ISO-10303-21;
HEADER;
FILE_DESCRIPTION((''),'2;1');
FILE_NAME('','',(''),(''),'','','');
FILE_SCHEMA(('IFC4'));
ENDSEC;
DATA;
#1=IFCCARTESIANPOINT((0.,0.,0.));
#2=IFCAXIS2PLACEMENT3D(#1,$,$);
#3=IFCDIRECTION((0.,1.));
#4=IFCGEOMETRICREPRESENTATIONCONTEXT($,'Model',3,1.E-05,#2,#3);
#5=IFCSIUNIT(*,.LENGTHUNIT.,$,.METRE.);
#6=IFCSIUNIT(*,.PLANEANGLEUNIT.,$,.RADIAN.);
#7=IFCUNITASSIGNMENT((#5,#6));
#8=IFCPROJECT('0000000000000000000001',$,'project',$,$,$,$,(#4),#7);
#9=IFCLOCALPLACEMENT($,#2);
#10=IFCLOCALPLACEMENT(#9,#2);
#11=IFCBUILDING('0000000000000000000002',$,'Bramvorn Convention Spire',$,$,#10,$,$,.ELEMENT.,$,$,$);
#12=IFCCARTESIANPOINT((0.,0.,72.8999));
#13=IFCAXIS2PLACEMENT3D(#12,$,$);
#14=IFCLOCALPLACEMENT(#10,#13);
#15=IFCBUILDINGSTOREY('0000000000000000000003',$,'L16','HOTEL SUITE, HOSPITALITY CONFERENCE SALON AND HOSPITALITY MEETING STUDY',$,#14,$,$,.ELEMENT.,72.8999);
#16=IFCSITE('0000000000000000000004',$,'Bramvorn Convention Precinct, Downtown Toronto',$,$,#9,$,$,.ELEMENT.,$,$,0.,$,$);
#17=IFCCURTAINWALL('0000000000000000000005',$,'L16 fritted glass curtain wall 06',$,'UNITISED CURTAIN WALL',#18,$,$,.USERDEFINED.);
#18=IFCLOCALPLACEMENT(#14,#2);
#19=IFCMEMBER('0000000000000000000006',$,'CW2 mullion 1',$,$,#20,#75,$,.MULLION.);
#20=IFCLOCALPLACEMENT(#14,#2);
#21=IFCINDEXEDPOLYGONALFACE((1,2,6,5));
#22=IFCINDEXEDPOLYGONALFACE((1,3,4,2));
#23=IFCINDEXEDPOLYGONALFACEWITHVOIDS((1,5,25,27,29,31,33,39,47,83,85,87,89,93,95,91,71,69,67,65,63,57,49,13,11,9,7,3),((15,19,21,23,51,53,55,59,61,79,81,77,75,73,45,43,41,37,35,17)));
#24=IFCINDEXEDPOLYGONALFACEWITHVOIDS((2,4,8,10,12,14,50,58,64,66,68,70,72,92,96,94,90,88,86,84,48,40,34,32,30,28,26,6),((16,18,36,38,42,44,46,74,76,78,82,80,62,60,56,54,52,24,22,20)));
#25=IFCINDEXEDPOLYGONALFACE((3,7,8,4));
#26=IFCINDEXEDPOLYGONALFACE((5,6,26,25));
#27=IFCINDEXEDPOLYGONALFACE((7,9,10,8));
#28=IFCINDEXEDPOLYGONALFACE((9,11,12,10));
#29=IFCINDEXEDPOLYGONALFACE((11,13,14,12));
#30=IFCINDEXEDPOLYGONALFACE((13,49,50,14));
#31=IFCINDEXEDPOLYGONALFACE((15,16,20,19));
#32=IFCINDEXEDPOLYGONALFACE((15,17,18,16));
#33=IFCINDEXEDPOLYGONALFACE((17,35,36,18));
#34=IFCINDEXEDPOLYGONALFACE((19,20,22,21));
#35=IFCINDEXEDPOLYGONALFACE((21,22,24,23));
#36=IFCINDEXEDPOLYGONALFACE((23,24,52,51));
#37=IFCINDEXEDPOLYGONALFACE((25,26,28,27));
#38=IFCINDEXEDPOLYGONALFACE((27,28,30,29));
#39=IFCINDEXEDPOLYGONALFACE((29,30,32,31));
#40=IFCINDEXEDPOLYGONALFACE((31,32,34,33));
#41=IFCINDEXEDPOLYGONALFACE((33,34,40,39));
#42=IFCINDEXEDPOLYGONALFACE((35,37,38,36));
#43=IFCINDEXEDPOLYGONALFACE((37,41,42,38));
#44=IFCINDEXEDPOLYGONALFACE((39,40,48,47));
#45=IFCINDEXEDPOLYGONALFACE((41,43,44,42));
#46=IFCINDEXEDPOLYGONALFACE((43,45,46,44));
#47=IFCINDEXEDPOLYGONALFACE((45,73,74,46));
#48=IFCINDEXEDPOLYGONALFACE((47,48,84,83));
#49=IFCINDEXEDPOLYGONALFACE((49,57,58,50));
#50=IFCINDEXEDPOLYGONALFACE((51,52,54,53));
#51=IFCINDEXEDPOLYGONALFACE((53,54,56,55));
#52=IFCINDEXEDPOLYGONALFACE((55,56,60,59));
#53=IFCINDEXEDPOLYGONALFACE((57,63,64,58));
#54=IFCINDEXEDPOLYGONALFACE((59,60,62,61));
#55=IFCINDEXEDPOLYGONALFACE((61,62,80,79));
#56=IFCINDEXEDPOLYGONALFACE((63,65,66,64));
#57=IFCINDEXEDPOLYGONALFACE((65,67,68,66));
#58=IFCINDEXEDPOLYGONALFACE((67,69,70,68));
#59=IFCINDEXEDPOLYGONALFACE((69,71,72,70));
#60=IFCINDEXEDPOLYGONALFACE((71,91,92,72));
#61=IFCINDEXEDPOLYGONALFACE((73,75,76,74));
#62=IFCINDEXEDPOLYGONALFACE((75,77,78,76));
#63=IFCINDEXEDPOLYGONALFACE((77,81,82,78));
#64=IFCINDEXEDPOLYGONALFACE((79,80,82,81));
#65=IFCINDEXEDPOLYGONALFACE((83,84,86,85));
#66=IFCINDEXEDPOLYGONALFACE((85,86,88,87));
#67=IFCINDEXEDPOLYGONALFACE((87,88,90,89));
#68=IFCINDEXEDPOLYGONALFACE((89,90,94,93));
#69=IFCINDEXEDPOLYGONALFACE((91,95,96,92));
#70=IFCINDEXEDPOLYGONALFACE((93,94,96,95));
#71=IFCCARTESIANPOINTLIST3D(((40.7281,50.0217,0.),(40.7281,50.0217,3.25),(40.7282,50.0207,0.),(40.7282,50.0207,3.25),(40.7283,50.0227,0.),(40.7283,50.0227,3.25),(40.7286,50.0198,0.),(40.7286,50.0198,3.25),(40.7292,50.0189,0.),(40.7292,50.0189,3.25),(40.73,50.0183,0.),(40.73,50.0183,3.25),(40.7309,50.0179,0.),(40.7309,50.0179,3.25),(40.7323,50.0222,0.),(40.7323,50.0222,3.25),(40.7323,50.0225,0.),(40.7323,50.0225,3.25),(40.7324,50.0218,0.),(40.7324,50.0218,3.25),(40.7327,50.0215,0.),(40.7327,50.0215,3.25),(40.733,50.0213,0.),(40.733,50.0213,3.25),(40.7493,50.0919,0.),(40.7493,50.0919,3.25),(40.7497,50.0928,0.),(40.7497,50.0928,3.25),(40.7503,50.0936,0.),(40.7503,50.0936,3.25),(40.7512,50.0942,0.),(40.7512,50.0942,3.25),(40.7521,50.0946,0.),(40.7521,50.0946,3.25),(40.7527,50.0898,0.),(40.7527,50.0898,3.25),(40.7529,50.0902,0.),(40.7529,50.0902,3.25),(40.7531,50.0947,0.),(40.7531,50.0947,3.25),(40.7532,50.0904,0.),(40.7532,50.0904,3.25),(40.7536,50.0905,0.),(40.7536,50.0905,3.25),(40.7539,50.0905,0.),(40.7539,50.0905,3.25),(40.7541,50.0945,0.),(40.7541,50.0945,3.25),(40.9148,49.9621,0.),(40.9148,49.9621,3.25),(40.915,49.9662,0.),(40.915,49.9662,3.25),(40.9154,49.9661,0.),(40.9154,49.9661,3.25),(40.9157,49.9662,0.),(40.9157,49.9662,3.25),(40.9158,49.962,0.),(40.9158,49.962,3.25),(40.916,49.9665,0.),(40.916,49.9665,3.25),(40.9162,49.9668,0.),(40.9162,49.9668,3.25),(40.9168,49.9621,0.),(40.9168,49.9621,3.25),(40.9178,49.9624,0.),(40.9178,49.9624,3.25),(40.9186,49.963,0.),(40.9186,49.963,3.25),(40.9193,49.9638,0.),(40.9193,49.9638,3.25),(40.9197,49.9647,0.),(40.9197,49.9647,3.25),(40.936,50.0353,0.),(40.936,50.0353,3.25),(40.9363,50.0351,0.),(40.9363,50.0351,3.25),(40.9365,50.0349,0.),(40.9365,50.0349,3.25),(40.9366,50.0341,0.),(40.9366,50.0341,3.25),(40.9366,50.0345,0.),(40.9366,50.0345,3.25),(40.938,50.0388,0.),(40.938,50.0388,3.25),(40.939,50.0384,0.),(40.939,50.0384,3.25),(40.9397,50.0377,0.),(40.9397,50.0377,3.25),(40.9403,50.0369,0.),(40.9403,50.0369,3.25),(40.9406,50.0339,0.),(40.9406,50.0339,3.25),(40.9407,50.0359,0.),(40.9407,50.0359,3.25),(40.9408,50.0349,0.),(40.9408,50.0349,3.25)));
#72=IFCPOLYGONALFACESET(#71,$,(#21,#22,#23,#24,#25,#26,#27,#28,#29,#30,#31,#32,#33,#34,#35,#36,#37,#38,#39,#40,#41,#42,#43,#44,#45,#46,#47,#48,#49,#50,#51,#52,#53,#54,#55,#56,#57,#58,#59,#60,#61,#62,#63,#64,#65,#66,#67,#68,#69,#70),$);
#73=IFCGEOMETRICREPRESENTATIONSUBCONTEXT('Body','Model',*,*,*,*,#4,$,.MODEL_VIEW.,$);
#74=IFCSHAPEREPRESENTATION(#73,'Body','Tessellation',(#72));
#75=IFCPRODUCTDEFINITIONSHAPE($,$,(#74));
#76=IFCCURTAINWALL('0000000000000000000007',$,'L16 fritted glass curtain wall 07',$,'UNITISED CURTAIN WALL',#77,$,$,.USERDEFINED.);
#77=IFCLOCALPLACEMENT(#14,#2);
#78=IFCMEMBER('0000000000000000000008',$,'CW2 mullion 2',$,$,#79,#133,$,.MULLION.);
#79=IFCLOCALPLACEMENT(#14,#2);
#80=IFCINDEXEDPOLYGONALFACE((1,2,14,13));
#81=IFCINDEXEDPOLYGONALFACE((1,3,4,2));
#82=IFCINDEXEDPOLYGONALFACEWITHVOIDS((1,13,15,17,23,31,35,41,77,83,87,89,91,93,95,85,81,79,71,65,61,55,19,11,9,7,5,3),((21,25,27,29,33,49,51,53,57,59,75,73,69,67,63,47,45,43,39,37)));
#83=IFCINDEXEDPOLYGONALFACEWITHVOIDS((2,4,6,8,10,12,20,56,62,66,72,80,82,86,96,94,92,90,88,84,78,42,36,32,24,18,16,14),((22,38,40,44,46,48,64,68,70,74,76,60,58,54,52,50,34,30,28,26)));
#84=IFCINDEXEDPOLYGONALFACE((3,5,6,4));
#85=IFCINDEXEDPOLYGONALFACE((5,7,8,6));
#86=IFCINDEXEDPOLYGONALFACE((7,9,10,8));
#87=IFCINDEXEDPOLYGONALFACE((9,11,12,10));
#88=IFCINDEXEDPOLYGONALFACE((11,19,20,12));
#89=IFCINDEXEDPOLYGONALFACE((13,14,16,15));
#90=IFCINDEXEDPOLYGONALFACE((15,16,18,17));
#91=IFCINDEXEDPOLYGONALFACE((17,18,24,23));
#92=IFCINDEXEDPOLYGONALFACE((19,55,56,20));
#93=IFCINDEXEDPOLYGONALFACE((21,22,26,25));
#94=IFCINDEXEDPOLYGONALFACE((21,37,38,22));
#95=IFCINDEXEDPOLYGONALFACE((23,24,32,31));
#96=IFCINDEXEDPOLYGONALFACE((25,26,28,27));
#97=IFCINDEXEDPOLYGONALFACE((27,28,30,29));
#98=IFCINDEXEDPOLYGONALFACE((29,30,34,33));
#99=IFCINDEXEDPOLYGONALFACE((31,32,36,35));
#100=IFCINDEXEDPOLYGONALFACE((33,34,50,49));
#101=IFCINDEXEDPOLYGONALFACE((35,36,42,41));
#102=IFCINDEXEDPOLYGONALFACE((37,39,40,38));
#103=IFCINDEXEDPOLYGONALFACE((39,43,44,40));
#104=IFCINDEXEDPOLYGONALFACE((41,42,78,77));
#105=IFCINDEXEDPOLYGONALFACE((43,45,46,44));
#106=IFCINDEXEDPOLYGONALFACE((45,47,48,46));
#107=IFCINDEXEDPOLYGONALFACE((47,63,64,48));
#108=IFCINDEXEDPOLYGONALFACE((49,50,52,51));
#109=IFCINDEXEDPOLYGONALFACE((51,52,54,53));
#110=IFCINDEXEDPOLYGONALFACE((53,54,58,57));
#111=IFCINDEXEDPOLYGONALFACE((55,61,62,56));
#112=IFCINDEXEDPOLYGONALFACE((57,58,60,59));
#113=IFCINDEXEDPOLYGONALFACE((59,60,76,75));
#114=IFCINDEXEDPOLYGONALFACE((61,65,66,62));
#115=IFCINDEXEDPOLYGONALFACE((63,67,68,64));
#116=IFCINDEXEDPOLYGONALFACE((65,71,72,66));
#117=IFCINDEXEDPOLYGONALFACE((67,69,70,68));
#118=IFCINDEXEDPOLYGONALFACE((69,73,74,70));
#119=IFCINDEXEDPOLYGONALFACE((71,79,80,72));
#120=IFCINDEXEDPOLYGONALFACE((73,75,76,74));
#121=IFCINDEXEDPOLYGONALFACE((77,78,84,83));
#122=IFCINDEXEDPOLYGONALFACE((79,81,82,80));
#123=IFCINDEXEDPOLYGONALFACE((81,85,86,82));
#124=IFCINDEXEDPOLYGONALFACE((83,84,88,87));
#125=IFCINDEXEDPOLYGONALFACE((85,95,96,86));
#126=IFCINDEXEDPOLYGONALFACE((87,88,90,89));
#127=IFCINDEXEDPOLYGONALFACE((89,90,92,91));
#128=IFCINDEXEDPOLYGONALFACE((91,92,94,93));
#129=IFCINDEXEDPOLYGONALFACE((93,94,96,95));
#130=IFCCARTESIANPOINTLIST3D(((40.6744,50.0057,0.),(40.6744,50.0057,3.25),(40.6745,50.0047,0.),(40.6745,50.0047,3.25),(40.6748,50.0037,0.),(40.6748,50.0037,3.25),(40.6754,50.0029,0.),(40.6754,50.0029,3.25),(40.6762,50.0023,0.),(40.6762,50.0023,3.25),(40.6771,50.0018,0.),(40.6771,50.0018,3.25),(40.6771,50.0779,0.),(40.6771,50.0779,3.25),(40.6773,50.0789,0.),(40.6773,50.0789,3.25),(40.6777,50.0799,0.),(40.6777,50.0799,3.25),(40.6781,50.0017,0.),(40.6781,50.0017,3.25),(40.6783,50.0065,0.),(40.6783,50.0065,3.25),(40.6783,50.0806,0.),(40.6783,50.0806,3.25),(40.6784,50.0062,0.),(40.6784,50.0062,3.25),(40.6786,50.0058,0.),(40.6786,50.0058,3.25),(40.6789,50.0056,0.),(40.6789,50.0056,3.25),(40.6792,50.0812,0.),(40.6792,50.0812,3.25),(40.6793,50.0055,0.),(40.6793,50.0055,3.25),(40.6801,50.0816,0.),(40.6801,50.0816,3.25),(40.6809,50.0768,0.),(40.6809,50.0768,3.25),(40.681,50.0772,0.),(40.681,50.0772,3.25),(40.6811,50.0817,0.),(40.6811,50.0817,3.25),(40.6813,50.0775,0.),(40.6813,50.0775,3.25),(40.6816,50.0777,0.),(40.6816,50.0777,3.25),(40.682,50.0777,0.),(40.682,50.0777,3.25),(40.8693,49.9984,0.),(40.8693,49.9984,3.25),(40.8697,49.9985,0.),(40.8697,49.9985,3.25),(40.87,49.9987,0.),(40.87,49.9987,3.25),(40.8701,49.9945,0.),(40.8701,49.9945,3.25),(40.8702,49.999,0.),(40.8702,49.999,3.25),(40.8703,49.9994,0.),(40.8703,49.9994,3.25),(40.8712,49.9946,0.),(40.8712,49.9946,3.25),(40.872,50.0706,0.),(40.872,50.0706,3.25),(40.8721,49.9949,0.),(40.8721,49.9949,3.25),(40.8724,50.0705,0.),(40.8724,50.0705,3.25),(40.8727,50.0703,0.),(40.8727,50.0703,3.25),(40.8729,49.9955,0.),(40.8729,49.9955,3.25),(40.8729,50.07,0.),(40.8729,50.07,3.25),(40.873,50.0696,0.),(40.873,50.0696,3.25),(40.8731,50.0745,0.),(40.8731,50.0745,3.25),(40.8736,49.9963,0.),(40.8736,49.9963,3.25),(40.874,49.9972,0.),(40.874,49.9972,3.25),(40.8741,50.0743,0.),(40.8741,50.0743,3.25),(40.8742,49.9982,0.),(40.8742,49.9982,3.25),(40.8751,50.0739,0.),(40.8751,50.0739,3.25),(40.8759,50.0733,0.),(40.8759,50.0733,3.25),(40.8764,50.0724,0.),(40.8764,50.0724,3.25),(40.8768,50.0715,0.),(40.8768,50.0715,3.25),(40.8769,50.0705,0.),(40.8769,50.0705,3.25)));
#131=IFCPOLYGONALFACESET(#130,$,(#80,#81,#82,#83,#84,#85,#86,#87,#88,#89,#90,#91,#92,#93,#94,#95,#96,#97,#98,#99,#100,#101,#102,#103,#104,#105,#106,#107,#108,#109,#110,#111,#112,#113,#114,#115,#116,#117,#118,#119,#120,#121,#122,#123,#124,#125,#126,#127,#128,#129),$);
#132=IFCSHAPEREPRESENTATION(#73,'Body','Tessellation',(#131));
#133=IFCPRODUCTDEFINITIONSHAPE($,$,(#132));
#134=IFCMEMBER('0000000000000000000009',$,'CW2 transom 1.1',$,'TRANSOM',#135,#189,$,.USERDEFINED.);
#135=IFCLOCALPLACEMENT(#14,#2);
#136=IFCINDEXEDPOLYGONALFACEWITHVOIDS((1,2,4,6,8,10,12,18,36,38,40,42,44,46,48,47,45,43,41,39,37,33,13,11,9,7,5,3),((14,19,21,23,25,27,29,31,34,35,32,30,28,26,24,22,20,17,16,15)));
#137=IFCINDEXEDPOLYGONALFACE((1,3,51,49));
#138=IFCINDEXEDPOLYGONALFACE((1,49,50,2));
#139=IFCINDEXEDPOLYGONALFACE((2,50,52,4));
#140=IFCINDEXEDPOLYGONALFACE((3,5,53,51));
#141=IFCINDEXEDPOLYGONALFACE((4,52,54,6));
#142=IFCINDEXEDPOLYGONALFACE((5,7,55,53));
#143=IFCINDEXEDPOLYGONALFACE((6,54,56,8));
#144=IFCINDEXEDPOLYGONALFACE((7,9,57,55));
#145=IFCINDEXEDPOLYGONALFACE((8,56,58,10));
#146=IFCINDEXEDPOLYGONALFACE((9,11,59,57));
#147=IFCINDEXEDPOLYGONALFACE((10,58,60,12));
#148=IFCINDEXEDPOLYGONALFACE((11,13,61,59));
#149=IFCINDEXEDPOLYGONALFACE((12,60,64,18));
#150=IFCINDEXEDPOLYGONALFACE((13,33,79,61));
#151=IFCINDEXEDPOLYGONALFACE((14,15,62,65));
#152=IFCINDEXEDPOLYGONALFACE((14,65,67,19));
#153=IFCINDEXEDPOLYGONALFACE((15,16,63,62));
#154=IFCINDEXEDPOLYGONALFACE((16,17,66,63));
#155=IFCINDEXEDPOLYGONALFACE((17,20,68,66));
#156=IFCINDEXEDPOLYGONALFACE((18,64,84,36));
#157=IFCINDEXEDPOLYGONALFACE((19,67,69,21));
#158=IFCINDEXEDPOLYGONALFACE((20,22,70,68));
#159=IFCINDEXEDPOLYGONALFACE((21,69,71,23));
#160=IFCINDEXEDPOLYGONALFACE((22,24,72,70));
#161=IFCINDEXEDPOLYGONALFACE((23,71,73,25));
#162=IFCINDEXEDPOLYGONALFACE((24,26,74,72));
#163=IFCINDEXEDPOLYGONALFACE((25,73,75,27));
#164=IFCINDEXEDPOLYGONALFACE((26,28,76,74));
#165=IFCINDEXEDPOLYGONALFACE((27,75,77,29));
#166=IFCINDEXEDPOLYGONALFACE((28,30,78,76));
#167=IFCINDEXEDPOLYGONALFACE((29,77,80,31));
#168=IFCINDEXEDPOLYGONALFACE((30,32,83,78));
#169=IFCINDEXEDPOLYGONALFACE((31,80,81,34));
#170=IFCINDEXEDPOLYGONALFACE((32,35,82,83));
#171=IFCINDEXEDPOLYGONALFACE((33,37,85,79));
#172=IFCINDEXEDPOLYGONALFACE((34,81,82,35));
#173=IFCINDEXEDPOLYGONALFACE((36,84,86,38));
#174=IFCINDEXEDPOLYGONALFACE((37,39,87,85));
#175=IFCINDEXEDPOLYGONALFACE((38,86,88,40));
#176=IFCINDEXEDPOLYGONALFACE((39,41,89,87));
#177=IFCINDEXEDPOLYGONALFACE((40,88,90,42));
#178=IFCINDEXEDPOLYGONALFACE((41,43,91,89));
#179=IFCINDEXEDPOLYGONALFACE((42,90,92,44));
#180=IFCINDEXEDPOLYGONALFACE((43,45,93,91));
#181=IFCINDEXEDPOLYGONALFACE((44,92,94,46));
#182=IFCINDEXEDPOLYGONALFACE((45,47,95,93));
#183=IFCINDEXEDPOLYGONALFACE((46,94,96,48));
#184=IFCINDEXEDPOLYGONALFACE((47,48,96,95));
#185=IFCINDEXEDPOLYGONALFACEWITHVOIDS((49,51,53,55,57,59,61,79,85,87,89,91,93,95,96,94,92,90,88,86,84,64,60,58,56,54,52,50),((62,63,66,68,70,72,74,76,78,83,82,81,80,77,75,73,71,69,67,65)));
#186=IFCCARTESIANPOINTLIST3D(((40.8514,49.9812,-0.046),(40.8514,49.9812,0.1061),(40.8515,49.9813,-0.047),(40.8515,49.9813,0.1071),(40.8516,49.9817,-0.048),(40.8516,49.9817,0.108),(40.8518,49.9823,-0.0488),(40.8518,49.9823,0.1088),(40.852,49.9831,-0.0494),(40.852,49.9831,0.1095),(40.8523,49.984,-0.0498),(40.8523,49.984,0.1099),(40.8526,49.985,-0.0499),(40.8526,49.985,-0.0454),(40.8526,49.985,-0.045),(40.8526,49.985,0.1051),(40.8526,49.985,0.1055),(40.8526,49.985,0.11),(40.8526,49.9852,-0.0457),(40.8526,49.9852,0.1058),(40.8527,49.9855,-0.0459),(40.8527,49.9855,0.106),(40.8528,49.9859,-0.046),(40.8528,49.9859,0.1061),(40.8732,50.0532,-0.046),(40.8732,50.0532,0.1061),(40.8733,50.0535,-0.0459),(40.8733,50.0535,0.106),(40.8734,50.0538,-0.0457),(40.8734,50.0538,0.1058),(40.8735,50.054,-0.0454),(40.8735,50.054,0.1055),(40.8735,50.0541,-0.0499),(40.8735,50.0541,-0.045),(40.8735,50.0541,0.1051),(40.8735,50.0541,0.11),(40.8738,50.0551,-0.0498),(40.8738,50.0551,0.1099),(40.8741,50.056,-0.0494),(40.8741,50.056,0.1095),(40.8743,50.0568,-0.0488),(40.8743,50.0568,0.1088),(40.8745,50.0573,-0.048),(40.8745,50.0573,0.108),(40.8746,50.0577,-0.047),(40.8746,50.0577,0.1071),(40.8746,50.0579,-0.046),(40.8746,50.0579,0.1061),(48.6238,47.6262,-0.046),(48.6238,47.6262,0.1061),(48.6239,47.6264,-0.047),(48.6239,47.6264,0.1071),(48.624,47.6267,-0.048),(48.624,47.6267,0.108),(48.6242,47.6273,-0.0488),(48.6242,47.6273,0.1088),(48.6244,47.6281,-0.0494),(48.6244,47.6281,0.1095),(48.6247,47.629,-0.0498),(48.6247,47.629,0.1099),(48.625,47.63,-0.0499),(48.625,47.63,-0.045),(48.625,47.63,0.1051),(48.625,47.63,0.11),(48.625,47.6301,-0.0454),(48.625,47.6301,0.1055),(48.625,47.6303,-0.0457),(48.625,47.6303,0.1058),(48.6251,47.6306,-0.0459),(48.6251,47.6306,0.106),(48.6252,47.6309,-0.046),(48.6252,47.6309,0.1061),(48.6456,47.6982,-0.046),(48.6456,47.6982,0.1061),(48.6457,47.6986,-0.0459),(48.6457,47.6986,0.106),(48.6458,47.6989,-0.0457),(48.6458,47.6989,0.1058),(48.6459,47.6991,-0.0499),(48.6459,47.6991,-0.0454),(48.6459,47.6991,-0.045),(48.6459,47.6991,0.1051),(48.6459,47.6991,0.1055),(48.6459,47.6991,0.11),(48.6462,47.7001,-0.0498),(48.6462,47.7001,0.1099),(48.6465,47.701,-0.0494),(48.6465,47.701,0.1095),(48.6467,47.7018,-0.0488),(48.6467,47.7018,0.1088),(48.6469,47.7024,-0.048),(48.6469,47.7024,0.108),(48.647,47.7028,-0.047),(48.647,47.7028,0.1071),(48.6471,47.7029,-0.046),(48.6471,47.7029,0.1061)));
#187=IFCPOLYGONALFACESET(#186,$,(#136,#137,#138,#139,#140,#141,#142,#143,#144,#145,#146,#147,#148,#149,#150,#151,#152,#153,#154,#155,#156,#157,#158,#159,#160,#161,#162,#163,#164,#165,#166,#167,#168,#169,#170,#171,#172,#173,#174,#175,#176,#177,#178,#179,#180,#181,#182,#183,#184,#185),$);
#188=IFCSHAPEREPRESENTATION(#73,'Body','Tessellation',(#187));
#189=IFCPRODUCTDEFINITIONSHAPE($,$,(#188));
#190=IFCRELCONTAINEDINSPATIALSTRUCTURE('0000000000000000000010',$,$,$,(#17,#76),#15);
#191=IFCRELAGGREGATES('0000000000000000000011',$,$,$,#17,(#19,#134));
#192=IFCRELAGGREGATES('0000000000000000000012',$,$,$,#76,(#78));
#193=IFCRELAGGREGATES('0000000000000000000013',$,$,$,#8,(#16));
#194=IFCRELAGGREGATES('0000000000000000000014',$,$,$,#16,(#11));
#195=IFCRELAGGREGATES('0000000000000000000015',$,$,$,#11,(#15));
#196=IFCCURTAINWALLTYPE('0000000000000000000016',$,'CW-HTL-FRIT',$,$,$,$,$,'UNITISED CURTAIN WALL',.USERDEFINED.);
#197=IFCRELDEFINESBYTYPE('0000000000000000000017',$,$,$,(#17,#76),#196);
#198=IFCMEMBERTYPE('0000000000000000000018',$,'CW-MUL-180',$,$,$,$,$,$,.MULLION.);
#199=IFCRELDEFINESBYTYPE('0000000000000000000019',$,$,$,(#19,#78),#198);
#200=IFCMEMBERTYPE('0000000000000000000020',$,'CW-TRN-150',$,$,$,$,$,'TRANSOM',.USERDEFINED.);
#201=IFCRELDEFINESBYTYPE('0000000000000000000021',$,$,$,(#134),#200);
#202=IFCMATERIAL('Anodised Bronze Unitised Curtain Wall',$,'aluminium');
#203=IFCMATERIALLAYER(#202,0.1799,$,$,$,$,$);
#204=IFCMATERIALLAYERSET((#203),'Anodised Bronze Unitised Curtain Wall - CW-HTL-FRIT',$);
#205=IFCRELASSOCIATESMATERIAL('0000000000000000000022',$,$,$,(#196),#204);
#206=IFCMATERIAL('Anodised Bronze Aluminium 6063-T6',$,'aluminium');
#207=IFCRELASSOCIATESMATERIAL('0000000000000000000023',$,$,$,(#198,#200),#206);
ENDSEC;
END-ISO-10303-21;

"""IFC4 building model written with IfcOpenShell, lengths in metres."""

from ifc_helpers import new_model, si_unit, direction, frame, origin, origin_2d, place, context, subcontext, project, spatial, hollow_rectangle, extrude, material, layer, layer_set, material_profile, profile_set, type_object, element, aggregate, save


model = new_model("IFC4")

# Units and contexts
model_context = context("Model", 3, precision=1e-05, world=origin(), true_north=direction((0.0, 1.0)))
body_context = subcontext(model_context, "Body", "Model", "MODEL_VIEW")
ifc_project = project(units=[si_unit("LENGTHUNIT", "METRE"), si_unit("PLANEANGLEUNIT", "RADIAN")], contexts=[model_context])

# Site, building, storey
site_placement = place(None, origin())
site = spatial("IfcSite", under=ifc_project, at=site_placement, Name="Bramvorn Convention Precinct, Downtown Toronto", CompositionType="ELEMENT", RefElevation=0.0)
building_placement = place(site_placement, origin())
building = spatial("IfcBuilding", under=site, at=building_placement, Name="Bramvorn Convention Spire", CompositionType="ELEMENT")
storey_placement = place(building_placement, frame((0.0, 0.0, 72.8999)))
storey = spatial("IfcBuildingStorey", under=building, at=storey_placement, Name="L16", Description="HOTEL SUITE, HOSPITALITY CONFERENCE SALON AND HOSPITALITY MEETING STUDY", CompositionType="ELEMENT", Elevation=72.8999)

# Curtain walls, members
ifc_material_1 = material(Name="Anodised Bronze Unitised Curtain Wall", Category="aluminium")
ifc_layer_1 = layer(ifc_material_1, 0.1799)
ifc_layer_set_1 = layer_set([ifc_layer_1], Name="Anodised Bronze Unitised Curtain Wall - CW-HTL-FRIT")
curtain_wall_type = type_object("IfcCurtainWallType", Name="CW-HTL-FRIT", ElementType="UNITISED CURTAIN WALL", PredefinedType="USERDEFINED", material=ifc_layer_set_1)
curtain_wall_1_placement = place(storey_placement, origin())
curtain_wall_1 = element("IfcCurtainWall", 1, at=curtain_wall_1_placement, inside=storey, type_object=curtain_wall_type, Name="L16 fritted glass curtain wall 06", ObjectType="UNITISED CURTAIN WALL", PredefinedType="USERDEFINED")
ifc_material_2 = material(Name="Anodised Bronze Aluminium 6063-T6", Category="aluminium")
ifc_material_profile_1 = material_profile(ifc_material_2, hollow_rectangle(XDim=0.0801, YDim=0.2, WallThickness=0.0039, InnerFilletRadius=0.001, OuterFilletRadius=0.0039, at=origin_2d()))
ifc_profile_set_1 = profile_set([ifc_material_profile_1], Name="Anodised Bronze Aluminium 6063-T6 - CWM80X200")
member_type_1 = type_object("IfcMemberType", Name="CW-MUL-180", PredefinedType="MULLION", material=ifc_profile_set_1)
member_1_placement = place(storey_placement, frame((40.8345, 50.0283, 0.0), z_axis=(0.0, 0.0, 1.0), x_axis=(0.289986, 0.957031, 0.0)))
member_1 = element("IfcMember", 2, at=member_1_placement, type_object=member_type_1, Name="CW2 mullion 1", PredefinedType="MULLION", context=body_context, shape_type="SweptSolid", body=[
    extrude(hollow_rectangle(XDim=0.0801, YDim=0.2, WallThickness=0.0039, InnerFilletRadius=0.001, OuterFilletRadius=0.0039, at=origin_2d()), origin(), (0.0, 0.0, 1.0), 3.25),
])
curtain_wall_2_placement = place(storey_placement, origin())
curtain_wall_2 = element("IfcCurtainWall", 3, at=curtain_wall_2_placement, inside=storey, type_object=curtain_wall_type, Name="L16 fritted glass curtain wall 07", ObjectType="UNITISED CURTAIN WALL", PredefinedType="USERDEFINED")
member_2_placement = place(storey_placement, frame((40.7756, 50.0381, 0.0), z_axis=(0.0, 0.0, 1.0), x_axis=(0.037397, 0.9993, 0.0)))
member_2 = element("IfcMember", 4, at=member_2_placement, type_object=member_type_1, Name="CW2 mullion 2", PredefinedType="MULLION", context=body_context, shape_type="SweptSolid", body=[
    extrude(hollow_rectangle(XDim=0.0801, YDim=0.2, WallThickness=0.0039, InnerFilletRadius=0.001, OuterFilletRadius=0.0039, at=origin_2d()), origin(), (0.0, 0.0, 1.0), 3.25),
])

# Member
ifc_material_profile_2 = material_profile(ifc_material_2, hollow_rectangle(XDim=0.0801, YDim=0.1599, WallThickness=0.0039, InnerFilletRadius=0.001, OuterFilletRadius=0.0039, at=origin_2d()))
ifc_profile_set_2 = profile_set([ifc_material_profile_2], Name="Anodised Bronze Aluminium 6063-T6 - CWT80X160")
member_type_2 = type_object("IfcMemberType", Name="CW-TRN-150", ElementType="TRANSOM", PredefinedType="USERDEFINED", material=ifc_profile_set_2)
member_3_placement = place(storey_placement, frame((40.863, 50.0195, 0.03), z_axis=(0.957035, -0.289972, 0.0), x_axis=(0.289972, 0.957035, 0.0)))
member_3 = element("IfcMember", 5, at=member_3_placement, type_object=member_type_2, Name="CW2 transom 1.1", ObjectType="TRANSOM", PredefinedType="USERDEFINED", context=body_context, shape_type="SweptSolid", body=[
    extrude(hollow_rectangle(XDim=0.0801, YDim=0.1599, WallThickness=0.0039, InnerFilletRadius=0.001, OuterFilletRadius=0.0039, at=origin_2d()), origin(), (0.0, 0.0, 1.0), 8.1213),
])

aggregate(curtain_wall_1, [member_1, member_3])
aggregate(curtain_wall_2, [member_2])

save(model, "model.ifc")
